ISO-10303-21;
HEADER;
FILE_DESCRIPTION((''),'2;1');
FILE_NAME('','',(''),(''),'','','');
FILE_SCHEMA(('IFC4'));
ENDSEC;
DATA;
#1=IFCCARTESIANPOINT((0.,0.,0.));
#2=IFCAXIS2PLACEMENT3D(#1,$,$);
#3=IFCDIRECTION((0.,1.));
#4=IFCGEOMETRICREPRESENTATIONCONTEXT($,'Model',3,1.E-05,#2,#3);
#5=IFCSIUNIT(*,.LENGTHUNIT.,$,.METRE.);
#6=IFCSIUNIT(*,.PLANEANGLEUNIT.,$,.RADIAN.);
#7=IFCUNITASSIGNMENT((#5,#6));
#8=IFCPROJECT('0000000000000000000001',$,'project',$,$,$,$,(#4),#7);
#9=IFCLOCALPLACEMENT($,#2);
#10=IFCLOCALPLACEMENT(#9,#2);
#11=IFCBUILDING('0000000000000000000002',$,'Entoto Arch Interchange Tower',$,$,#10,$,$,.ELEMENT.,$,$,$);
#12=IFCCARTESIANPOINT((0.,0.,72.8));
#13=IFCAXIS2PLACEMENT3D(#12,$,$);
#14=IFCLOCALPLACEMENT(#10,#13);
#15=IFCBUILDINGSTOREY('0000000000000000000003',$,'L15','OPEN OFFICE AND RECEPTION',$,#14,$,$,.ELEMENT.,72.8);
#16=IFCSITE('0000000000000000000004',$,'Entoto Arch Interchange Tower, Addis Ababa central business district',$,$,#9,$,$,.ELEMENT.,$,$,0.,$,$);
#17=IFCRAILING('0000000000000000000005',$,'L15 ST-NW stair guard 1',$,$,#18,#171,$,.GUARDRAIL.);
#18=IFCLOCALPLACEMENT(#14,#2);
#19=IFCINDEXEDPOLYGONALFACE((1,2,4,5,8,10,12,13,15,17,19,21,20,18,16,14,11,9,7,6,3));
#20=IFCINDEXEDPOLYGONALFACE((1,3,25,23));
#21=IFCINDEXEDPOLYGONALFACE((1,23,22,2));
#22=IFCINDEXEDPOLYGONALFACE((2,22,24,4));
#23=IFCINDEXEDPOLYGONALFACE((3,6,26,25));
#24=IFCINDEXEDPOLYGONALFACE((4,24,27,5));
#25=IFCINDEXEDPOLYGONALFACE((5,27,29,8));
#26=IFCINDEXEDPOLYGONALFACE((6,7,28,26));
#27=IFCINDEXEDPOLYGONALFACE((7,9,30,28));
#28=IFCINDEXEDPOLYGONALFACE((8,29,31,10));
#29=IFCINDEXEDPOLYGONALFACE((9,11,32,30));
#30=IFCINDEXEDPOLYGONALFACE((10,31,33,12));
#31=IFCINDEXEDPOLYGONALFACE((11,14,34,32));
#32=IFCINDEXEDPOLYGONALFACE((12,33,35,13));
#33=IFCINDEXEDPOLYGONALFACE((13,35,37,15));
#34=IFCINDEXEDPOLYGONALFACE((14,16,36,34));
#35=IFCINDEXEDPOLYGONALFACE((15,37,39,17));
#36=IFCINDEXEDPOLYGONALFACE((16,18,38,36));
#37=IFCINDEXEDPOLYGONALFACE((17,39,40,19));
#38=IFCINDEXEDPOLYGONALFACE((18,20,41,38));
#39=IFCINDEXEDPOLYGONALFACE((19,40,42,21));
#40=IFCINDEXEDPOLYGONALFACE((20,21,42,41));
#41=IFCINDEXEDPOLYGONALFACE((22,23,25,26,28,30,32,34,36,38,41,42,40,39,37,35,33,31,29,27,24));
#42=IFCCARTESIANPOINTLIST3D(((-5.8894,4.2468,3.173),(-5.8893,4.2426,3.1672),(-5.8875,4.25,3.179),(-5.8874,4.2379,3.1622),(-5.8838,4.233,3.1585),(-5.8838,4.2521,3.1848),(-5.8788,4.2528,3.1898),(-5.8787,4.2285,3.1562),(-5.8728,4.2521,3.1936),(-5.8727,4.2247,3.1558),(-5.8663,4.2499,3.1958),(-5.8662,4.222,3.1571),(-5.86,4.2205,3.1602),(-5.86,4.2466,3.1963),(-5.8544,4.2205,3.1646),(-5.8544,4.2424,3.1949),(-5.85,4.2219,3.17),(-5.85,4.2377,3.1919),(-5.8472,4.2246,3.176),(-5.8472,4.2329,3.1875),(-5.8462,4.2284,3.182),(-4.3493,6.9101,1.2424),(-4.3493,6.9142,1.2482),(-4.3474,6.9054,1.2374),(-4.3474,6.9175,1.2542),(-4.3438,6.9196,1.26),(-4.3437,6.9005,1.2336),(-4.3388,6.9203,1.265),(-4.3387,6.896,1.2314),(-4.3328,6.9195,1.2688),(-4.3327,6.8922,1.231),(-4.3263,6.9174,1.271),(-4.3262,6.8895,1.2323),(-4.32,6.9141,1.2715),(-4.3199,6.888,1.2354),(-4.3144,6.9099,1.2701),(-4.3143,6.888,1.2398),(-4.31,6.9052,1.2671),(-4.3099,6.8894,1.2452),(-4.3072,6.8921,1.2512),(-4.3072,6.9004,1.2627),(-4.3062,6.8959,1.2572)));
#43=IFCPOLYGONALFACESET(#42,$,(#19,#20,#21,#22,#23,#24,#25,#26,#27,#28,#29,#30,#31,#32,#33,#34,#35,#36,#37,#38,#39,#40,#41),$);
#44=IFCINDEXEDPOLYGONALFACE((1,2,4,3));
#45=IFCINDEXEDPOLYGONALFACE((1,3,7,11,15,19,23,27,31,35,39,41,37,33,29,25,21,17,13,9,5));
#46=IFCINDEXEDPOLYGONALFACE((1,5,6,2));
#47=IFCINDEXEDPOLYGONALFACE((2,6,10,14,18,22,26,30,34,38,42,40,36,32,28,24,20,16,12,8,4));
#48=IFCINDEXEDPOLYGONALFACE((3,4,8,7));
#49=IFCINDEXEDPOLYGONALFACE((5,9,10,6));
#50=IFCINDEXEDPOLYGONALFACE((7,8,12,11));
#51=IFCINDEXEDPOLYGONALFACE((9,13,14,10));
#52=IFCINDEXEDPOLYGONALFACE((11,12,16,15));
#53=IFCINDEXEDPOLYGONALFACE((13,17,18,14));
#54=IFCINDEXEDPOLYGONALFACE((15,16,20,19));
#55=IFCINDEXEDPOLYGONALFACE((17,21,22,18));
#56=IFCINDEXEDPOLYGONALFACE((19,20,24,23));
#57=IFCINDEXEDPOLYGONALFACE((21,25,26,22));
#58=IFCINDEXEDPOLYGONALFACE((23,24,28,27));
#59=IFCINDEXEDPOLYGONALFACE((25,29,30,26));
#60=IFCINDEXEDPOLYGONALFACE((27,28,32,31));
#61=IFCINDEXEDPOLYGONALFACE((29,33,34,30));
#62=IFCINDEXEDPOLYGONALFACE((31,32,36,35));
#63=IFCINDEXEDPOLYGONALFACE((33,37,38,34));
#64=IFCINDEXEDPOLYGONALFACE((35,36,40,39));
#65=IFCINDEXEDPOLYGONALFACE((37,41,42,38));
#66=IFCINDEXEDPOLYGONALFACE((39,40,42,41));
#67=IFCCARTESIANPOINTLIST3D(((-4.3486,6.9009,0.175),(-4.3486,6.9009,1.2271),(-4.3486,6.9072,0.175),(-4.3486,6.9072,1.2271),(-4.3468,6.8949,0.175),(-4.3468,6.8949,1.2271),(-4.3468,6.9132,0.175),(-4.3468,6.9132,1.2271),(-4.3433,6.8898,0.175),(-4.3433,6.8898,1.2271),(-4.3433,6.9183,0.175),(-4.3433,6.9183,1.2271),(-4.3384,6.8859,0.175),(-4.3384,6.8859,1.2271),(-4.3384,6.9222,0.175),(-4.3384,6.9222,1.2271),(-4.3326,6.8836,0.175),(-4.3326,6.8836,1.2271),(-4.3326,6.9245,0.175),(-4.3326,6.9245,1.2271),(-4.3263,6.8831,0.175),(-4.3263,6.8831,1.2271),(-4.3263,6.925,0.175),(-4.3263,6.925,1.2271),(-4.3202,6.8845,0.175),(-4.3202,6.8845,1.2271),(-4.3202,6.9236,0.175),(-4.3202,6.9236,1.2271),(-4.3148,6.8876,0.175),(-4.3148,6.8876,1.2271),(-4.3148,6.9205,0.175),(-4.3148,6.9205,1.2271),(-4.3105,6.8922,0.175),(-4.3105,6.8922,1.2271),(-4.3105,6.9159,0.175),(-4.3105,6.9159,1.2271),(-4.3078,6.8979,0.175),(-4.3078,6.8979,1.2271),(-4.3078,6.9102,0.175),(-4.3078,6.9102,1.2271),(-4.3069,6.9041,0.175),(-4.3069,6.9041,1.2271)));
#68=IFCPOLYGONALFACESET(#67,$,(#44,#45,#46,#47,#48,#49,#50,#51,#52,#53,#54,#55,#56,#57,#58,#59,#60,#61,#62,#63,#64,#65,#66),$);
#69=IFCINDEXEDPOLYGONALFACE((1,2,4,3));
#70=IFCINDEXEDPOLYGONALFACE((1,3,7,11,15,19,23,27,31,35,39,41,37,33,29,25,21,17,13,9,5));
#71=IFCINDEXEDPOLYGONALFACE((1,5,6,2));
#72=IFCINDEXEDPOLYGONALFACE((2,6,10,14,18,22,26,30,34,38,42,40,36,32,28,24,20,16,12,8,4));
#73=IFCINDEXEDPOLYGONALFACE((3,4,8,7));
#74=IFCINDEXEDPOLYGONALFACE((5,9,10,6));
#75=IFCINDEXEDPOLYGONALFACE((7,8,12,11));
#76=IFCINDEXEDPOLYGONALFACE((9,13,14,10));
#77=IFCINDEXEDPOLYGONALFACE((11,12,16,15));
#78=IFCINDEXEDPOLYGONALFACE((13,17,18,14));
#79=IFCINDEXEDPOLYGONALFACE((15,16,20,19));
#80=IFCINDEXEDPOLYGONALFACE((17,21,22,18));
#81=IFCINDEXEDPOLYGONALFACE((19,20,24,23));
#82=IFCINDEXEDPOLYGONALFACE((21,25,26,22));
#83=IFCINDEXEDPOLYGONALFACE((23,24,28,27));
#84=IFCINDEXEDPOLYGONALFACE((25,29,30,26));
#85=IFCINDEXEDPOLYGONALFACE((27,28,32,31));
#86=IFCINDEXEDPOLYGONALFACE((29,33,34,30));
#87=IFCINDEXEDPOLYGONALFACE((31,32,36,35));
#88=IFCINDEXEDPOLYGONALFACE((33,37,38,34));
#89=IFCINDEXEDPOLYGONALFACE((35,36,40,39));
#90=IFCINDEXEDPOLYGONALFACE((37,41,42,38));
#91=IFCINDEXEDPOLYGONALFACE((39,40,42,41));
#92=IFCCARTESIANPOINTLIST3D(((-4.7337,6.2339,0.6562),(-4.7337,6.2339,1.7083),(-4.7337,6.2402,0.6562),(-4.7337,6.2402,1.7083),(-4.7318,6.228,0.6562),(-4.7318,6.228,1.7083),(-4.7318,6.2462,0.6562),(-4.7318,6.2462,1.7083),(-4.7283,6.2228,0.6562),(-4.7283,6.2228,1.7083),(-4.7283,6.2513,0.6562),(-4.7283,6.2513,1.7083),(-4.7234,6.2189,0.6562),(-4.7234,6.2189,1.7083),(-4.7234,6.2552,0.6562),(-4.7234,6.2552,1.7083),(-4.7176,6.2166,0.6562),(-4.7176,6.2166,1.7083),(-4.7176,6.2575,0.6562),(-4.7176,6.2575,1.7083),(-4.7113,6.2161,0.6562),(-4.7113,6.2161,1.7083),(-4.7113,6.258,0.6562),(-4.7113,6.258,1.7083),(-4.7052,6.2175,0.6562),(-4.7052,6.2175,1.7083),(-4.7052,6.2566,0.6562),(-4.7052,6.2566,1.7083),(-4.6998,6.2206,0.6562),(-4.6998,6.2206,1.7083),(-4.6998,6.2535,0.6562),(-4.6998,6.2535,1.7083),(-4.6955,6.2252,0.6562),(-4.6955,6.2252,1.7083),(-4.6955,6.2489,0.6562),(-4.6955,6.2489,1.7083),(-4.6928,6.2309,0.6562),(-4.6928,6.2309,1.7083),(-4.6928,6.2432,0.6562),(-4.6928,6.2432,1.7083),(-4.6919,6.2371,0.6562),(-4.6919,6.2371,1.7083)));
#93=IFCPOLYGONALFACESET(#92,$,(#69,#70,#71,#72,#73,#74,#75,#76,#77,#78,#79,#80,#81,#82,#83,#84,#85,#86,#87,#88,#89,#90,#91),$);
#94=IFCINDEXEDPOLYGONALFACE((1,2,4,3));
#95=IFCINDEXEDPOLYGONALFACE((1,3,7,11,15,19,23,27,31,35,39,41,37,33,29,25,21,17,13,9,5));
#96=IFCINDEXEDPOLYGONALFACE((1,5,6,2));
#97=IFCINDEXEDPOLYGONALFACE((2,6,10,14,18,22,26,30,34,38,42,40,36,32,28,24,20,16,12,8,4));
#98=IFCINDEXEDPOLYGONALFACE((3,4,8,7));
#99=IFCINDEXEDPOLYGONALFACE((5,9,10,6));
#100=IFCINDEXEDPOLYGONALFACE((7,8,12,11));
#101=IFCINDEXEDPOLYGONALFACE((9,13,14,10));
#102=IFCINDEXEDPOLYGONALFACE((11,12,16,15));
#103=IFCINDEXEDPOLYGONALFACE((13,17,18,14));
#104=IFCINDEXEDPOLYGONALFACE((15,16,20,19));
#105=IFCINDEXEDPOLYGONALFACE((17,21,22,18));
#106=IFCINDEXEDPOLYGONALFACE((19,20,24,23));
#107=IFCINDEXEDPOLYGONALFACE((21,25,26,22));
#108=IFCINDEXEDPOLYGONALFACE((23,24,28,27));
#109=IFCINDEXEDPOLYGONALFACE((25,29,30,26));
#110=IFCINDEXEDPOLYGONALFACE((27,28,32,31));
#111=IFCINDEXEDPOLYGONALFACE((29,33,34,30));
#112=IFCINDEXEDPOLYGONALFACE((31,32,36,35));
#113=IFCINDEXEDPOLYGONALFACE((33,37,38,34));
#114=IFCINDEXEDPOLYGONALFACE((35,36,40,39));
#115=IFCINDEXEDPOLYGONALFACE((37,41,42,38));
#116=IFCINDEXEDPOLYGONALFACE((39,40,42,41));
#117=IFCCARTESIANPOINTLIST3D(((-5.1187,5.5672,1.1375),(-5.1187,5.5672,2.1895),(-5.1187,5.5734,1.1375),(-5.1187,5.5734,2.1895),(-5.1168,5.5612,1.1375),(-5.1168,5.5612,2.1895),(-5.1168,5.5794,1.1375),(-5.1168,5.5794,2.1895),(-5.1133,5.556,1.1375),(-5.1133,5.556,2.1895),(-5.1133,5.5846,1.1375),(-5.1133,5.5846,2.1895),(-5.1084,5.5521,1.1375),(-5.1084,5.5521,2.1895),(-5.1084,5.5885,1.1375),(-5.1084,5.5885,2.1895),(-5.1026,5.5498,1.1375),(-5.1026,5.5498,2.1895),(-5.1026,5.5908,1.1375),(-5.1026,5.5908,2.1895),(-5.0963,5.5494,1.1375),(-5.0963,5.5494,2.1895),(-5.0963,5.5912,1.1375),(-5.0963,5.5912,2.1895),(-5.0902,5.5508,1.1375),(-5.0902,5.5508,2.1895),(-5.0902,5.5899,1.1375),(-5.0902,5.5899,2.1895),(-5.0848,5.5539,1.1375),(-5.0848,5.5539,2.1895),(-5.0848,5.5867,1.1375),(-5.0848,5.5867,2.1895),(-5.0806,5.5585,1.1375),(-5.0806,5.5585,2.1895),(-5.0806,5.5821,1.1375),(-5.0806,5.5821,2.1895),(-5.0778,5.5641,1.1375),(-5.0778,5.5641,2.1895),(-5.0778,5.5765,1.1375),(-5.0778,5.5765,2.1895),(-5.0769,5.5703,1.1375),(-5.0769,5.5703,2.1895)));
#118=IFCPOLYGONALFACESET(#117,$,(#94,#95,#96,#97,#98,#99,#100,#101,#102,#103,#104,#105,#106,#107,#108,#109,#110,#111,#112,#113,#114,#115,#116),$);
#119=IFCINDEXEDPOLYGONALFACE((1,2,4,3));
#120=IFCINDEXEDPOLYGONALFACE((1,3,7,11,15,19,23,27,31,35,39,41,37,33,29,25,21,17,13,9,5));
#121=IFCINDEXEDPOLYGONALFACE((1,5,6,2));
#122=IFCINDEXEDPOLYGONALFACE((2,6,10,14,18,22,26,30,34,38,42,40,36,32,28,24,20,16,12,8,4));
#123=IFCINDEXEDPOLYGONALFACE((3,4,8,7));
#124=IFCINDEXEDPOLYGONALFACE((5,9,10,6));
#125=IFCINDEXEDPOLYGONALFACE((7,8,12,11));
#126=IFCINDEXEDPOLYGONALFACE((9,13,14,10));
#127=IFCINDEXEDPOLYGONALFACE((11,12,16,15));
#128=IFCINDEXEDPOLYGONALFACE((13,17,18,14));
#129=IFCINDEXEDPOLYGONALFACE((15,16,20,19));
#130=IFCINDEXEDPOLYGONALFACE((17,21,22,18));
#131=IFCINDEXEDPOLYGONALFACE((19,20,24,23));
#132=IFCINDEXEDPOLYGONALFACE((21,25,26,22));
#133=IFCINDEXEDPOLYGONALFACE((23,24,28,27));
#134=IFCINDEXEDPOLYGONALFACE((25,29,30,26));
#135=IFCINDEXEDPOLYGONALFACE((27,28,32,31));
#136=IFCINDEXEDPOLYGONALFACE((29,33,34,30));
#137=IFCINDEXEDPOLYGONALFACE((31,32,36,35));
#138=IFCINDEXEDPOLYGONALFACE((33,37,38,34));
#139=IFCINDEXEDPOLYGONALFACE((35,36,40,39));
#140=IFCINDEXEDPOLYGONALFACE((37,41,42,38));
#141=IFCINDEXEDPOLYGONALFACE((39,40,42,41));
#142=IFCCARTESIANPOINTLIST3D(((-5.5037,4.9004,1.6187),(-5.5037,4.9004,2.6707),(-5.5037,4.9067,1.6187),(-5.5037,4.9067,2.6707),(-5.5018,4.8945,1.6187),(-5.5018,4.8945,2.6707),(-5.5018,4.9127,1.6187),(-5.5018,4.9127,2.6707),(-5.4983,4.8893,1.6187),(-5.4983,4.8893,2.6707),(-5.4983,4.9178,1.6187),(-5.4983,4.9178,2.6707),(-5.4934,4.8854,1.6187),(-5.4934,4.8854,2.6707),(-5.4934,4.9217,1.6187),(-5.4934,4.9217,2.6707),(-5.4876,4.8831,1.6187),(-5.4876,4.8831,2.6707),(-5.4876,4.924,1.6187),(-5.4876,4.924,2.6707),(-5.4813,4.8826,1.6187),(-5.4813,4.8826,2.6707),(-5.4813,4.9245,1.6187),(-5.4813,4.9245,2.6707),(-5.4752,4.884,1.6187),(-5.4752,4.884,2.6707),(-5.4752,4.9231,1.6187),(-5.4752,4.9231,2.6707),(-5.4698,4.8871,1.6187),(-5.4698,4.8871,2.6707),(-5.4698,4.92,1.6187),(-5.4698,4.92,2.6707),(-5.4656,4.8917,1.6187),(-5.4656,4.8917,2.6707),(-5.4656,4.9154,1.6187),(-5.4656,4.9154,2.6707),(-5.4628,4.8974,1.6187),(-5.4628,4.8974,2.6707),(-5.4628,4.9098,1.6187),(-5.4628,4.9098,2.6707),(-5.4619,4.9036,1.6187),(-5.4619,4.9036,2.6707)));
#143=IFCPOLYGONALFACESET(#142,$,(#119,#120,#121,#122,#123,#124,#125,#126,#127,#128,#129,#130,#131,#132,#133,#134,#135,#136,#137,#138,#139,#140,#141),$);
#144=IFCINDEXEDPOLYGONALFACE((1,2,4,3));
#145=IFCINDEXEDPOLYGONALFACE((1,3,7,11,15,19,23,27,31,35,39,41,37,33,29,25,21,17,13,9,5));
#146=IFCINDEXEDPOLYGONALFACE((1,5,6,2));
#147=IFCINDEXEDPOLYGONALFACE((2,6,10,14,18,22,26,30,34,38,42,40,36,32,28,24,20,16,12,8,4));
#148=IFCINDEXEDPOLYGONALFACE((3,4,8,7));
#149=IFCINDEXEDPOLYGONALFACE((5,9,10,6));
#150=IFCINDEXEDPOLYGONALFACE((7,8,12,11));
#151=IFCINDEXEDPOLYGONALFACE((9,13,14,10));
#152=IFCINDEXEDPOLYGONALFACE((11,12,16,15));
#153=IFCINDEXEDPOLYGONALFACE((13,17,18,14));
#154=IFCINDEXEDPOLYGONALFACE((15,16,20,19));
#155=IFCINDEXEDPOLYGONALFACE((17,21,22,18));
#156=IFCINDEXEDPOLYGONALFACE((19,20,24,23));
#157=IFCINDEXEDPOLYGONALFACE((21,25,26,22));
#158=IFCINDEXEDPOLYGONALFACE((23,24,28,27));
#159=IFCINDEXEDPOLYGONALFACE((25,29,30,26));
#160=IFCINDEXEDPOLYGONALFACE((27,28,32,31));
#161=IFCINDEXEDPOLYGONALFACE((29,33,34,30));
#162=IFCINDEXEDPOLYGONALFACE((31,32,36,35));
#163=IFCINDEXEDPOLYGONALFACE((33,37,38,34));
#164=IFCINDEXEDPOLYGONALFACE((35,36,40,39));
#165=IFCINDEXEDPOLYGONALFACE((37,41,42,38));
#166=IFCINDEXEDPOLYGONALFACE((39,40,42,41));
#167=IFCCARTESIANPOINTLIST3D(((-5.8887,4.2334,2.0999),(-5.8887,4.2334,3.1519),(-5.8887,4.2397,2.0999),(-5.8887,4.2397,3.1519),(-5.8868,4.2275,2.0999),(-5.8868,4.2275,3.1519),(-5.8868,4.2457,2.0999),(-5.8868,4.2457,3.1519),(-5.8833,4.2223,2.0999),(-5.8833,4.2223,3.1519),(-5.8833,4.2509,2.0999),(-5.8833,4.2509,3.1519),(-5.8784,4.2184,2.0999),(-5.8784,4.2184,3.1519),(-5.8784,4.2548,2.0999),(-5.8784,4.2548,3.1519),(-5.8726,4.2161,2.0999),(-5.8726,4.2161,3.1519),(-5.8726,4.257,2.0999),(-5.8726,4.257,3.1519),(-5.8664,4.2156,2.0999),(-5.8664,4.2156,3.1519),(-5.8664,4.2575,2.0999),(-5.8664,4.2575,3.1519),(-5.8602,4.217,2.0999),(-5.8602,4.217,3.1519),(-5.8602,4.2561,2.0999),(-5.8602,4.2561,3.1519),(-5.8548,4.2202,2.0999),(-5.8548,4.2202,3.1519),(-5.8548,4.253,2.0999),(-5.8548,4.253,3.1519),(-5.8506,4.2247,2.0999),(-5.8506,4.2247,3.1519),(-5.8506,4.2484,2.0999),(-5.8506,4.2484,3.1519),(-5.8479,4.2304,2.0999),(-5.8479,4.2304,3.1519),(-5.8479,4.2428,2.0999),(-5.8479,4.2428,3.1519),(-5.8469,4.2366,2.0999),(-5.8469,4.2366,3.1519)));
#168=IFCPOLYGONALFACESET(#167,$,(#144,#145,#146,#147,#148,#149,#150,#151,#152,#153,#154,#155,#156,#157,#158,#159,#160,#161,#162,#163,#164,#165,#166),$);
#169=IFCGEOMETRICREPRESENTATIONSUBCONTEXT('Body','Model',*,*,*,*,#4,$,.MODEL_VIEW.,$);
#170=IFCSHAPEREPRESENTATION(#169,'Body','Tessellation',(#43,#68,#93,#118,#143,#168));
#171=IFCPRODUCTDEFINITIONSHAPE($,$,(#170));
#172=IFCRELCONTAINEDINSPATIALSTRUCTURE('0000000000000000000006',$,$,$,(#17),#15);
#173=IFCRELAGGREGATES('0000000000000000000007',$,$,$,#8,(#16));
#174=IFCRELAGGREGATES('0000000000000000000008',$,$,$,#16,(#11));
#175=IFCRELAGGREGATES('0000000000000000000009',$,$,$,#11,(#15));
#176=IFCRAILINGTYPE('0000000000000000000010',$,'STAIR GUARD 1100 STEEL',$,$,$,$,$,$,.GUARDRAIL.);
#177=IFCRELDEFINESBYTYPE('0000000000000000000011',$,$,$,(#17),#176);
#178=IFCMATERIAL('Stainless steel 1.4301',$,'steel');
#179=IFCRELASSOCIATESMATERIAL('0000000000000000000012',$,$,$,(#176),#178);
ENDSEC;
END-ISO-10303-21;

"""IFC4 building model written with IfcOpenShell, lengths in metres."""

from ifc_helpers import new_model, si_unit, direction, frame, origin, origin_2d, place, context, subcontext, project, spatial, circle, extrude, material, type_object, element, save


model = new_model("IFC4")

# Units and contexts
model_context = context("Model", 3, precision=1e-05, world=origin(), true_north=direction((0.0, 1.0)))
body_context = subcontext(model_context, "Body", "Model", "MODEL_VIEW")
ifc_project = project(units=[si_unit("LENGTHUNIT", "METRE"), si_unit("PLANEANGLEUNIT", "RADIAN")], contexts=[model_context])

# Site, building, storey
site_placement = place(None, origin())
site = spatial("IfcSite", under=ifc_project, at=site_placement, Name="Entoto Arch Interchange Tower, Addis Ababa central business district", CompositionType="ELEMENT", RefElevation=0.0)
building_placement = place(site_placement, origin())
building = spatial("IfcBuilding", under=site, at=building_placement, Name="Entoto Arch Interchange Tower", CompositionType="ELEMENT")
storey_placement = place(building_placement, frame((0.0, 0.0, 72.8)))
storey = spatial("IfcBuildingStorey", under=building, at=storey_placement, Name="L15", Description="OPEN OFFICE AND RECEPTION", CompositionType="ELEMENT", Elevation=72.8)

# Railing
ifc_material_1 = material(Name="Stainless steel 1.4301", Category="steel")
railing_type_1 = type_object("IfcRailingType", Name="STAIR GUARD 1100 STEEL", PredefinedType="GUARDRAIL", material=ifc_material_1)
railing_1_placement = place(storey_placement, frame((-4.3279, 6.9041, 0.175)))
element("IfcRailing", 1, at=railing_1_placement, inside=storey, type_object=railing_type_1, Name="L15 ST-NW stair guard 1", PredefinedType="GUARDRAIL", context=body_context, shape_type="SweptSolid", body=[
    extrude(circle(Radius=0.0239, at=origin_2d()), frame((0.0, 0.0, 1.0762), z_axis=(-0.42401, -0.734421, 0.529945), x_axis=(0.86603, -0.499992, 0.0)), (0.0, 0.0, 1.0), 3.6321),
    extrude(circle(Radius=0.021, at=origin_2d()), origin(), (0.0, 0.0, 1.0), 1.052),
    extrude(circle(Radius=0.021, at=origin_2d()), frame((-0.385, -0.667, 0.4812)), (0.0, 0.0, 1.0), 1.052),
    extrude(circle(Radius=0.021, at=origin_2d()), frame((-0.77, -1.3337, 0.9624)), (0.0, 0.0, 1.0), 1.052),
    extrude(circle(Radius=0.021, at=origin_2d()), frame((-1.155, -2.0005, 1.4436)), (0.0, 0.0, 1.0), 1.052),
    extrude(circle(Radius=0.021, at=origin_2d()), frame((-1.54, -2.6675, 1.9248)), (0.0, 0.0, 1.0), 1.052),
])

save(model, "model.ifc")
